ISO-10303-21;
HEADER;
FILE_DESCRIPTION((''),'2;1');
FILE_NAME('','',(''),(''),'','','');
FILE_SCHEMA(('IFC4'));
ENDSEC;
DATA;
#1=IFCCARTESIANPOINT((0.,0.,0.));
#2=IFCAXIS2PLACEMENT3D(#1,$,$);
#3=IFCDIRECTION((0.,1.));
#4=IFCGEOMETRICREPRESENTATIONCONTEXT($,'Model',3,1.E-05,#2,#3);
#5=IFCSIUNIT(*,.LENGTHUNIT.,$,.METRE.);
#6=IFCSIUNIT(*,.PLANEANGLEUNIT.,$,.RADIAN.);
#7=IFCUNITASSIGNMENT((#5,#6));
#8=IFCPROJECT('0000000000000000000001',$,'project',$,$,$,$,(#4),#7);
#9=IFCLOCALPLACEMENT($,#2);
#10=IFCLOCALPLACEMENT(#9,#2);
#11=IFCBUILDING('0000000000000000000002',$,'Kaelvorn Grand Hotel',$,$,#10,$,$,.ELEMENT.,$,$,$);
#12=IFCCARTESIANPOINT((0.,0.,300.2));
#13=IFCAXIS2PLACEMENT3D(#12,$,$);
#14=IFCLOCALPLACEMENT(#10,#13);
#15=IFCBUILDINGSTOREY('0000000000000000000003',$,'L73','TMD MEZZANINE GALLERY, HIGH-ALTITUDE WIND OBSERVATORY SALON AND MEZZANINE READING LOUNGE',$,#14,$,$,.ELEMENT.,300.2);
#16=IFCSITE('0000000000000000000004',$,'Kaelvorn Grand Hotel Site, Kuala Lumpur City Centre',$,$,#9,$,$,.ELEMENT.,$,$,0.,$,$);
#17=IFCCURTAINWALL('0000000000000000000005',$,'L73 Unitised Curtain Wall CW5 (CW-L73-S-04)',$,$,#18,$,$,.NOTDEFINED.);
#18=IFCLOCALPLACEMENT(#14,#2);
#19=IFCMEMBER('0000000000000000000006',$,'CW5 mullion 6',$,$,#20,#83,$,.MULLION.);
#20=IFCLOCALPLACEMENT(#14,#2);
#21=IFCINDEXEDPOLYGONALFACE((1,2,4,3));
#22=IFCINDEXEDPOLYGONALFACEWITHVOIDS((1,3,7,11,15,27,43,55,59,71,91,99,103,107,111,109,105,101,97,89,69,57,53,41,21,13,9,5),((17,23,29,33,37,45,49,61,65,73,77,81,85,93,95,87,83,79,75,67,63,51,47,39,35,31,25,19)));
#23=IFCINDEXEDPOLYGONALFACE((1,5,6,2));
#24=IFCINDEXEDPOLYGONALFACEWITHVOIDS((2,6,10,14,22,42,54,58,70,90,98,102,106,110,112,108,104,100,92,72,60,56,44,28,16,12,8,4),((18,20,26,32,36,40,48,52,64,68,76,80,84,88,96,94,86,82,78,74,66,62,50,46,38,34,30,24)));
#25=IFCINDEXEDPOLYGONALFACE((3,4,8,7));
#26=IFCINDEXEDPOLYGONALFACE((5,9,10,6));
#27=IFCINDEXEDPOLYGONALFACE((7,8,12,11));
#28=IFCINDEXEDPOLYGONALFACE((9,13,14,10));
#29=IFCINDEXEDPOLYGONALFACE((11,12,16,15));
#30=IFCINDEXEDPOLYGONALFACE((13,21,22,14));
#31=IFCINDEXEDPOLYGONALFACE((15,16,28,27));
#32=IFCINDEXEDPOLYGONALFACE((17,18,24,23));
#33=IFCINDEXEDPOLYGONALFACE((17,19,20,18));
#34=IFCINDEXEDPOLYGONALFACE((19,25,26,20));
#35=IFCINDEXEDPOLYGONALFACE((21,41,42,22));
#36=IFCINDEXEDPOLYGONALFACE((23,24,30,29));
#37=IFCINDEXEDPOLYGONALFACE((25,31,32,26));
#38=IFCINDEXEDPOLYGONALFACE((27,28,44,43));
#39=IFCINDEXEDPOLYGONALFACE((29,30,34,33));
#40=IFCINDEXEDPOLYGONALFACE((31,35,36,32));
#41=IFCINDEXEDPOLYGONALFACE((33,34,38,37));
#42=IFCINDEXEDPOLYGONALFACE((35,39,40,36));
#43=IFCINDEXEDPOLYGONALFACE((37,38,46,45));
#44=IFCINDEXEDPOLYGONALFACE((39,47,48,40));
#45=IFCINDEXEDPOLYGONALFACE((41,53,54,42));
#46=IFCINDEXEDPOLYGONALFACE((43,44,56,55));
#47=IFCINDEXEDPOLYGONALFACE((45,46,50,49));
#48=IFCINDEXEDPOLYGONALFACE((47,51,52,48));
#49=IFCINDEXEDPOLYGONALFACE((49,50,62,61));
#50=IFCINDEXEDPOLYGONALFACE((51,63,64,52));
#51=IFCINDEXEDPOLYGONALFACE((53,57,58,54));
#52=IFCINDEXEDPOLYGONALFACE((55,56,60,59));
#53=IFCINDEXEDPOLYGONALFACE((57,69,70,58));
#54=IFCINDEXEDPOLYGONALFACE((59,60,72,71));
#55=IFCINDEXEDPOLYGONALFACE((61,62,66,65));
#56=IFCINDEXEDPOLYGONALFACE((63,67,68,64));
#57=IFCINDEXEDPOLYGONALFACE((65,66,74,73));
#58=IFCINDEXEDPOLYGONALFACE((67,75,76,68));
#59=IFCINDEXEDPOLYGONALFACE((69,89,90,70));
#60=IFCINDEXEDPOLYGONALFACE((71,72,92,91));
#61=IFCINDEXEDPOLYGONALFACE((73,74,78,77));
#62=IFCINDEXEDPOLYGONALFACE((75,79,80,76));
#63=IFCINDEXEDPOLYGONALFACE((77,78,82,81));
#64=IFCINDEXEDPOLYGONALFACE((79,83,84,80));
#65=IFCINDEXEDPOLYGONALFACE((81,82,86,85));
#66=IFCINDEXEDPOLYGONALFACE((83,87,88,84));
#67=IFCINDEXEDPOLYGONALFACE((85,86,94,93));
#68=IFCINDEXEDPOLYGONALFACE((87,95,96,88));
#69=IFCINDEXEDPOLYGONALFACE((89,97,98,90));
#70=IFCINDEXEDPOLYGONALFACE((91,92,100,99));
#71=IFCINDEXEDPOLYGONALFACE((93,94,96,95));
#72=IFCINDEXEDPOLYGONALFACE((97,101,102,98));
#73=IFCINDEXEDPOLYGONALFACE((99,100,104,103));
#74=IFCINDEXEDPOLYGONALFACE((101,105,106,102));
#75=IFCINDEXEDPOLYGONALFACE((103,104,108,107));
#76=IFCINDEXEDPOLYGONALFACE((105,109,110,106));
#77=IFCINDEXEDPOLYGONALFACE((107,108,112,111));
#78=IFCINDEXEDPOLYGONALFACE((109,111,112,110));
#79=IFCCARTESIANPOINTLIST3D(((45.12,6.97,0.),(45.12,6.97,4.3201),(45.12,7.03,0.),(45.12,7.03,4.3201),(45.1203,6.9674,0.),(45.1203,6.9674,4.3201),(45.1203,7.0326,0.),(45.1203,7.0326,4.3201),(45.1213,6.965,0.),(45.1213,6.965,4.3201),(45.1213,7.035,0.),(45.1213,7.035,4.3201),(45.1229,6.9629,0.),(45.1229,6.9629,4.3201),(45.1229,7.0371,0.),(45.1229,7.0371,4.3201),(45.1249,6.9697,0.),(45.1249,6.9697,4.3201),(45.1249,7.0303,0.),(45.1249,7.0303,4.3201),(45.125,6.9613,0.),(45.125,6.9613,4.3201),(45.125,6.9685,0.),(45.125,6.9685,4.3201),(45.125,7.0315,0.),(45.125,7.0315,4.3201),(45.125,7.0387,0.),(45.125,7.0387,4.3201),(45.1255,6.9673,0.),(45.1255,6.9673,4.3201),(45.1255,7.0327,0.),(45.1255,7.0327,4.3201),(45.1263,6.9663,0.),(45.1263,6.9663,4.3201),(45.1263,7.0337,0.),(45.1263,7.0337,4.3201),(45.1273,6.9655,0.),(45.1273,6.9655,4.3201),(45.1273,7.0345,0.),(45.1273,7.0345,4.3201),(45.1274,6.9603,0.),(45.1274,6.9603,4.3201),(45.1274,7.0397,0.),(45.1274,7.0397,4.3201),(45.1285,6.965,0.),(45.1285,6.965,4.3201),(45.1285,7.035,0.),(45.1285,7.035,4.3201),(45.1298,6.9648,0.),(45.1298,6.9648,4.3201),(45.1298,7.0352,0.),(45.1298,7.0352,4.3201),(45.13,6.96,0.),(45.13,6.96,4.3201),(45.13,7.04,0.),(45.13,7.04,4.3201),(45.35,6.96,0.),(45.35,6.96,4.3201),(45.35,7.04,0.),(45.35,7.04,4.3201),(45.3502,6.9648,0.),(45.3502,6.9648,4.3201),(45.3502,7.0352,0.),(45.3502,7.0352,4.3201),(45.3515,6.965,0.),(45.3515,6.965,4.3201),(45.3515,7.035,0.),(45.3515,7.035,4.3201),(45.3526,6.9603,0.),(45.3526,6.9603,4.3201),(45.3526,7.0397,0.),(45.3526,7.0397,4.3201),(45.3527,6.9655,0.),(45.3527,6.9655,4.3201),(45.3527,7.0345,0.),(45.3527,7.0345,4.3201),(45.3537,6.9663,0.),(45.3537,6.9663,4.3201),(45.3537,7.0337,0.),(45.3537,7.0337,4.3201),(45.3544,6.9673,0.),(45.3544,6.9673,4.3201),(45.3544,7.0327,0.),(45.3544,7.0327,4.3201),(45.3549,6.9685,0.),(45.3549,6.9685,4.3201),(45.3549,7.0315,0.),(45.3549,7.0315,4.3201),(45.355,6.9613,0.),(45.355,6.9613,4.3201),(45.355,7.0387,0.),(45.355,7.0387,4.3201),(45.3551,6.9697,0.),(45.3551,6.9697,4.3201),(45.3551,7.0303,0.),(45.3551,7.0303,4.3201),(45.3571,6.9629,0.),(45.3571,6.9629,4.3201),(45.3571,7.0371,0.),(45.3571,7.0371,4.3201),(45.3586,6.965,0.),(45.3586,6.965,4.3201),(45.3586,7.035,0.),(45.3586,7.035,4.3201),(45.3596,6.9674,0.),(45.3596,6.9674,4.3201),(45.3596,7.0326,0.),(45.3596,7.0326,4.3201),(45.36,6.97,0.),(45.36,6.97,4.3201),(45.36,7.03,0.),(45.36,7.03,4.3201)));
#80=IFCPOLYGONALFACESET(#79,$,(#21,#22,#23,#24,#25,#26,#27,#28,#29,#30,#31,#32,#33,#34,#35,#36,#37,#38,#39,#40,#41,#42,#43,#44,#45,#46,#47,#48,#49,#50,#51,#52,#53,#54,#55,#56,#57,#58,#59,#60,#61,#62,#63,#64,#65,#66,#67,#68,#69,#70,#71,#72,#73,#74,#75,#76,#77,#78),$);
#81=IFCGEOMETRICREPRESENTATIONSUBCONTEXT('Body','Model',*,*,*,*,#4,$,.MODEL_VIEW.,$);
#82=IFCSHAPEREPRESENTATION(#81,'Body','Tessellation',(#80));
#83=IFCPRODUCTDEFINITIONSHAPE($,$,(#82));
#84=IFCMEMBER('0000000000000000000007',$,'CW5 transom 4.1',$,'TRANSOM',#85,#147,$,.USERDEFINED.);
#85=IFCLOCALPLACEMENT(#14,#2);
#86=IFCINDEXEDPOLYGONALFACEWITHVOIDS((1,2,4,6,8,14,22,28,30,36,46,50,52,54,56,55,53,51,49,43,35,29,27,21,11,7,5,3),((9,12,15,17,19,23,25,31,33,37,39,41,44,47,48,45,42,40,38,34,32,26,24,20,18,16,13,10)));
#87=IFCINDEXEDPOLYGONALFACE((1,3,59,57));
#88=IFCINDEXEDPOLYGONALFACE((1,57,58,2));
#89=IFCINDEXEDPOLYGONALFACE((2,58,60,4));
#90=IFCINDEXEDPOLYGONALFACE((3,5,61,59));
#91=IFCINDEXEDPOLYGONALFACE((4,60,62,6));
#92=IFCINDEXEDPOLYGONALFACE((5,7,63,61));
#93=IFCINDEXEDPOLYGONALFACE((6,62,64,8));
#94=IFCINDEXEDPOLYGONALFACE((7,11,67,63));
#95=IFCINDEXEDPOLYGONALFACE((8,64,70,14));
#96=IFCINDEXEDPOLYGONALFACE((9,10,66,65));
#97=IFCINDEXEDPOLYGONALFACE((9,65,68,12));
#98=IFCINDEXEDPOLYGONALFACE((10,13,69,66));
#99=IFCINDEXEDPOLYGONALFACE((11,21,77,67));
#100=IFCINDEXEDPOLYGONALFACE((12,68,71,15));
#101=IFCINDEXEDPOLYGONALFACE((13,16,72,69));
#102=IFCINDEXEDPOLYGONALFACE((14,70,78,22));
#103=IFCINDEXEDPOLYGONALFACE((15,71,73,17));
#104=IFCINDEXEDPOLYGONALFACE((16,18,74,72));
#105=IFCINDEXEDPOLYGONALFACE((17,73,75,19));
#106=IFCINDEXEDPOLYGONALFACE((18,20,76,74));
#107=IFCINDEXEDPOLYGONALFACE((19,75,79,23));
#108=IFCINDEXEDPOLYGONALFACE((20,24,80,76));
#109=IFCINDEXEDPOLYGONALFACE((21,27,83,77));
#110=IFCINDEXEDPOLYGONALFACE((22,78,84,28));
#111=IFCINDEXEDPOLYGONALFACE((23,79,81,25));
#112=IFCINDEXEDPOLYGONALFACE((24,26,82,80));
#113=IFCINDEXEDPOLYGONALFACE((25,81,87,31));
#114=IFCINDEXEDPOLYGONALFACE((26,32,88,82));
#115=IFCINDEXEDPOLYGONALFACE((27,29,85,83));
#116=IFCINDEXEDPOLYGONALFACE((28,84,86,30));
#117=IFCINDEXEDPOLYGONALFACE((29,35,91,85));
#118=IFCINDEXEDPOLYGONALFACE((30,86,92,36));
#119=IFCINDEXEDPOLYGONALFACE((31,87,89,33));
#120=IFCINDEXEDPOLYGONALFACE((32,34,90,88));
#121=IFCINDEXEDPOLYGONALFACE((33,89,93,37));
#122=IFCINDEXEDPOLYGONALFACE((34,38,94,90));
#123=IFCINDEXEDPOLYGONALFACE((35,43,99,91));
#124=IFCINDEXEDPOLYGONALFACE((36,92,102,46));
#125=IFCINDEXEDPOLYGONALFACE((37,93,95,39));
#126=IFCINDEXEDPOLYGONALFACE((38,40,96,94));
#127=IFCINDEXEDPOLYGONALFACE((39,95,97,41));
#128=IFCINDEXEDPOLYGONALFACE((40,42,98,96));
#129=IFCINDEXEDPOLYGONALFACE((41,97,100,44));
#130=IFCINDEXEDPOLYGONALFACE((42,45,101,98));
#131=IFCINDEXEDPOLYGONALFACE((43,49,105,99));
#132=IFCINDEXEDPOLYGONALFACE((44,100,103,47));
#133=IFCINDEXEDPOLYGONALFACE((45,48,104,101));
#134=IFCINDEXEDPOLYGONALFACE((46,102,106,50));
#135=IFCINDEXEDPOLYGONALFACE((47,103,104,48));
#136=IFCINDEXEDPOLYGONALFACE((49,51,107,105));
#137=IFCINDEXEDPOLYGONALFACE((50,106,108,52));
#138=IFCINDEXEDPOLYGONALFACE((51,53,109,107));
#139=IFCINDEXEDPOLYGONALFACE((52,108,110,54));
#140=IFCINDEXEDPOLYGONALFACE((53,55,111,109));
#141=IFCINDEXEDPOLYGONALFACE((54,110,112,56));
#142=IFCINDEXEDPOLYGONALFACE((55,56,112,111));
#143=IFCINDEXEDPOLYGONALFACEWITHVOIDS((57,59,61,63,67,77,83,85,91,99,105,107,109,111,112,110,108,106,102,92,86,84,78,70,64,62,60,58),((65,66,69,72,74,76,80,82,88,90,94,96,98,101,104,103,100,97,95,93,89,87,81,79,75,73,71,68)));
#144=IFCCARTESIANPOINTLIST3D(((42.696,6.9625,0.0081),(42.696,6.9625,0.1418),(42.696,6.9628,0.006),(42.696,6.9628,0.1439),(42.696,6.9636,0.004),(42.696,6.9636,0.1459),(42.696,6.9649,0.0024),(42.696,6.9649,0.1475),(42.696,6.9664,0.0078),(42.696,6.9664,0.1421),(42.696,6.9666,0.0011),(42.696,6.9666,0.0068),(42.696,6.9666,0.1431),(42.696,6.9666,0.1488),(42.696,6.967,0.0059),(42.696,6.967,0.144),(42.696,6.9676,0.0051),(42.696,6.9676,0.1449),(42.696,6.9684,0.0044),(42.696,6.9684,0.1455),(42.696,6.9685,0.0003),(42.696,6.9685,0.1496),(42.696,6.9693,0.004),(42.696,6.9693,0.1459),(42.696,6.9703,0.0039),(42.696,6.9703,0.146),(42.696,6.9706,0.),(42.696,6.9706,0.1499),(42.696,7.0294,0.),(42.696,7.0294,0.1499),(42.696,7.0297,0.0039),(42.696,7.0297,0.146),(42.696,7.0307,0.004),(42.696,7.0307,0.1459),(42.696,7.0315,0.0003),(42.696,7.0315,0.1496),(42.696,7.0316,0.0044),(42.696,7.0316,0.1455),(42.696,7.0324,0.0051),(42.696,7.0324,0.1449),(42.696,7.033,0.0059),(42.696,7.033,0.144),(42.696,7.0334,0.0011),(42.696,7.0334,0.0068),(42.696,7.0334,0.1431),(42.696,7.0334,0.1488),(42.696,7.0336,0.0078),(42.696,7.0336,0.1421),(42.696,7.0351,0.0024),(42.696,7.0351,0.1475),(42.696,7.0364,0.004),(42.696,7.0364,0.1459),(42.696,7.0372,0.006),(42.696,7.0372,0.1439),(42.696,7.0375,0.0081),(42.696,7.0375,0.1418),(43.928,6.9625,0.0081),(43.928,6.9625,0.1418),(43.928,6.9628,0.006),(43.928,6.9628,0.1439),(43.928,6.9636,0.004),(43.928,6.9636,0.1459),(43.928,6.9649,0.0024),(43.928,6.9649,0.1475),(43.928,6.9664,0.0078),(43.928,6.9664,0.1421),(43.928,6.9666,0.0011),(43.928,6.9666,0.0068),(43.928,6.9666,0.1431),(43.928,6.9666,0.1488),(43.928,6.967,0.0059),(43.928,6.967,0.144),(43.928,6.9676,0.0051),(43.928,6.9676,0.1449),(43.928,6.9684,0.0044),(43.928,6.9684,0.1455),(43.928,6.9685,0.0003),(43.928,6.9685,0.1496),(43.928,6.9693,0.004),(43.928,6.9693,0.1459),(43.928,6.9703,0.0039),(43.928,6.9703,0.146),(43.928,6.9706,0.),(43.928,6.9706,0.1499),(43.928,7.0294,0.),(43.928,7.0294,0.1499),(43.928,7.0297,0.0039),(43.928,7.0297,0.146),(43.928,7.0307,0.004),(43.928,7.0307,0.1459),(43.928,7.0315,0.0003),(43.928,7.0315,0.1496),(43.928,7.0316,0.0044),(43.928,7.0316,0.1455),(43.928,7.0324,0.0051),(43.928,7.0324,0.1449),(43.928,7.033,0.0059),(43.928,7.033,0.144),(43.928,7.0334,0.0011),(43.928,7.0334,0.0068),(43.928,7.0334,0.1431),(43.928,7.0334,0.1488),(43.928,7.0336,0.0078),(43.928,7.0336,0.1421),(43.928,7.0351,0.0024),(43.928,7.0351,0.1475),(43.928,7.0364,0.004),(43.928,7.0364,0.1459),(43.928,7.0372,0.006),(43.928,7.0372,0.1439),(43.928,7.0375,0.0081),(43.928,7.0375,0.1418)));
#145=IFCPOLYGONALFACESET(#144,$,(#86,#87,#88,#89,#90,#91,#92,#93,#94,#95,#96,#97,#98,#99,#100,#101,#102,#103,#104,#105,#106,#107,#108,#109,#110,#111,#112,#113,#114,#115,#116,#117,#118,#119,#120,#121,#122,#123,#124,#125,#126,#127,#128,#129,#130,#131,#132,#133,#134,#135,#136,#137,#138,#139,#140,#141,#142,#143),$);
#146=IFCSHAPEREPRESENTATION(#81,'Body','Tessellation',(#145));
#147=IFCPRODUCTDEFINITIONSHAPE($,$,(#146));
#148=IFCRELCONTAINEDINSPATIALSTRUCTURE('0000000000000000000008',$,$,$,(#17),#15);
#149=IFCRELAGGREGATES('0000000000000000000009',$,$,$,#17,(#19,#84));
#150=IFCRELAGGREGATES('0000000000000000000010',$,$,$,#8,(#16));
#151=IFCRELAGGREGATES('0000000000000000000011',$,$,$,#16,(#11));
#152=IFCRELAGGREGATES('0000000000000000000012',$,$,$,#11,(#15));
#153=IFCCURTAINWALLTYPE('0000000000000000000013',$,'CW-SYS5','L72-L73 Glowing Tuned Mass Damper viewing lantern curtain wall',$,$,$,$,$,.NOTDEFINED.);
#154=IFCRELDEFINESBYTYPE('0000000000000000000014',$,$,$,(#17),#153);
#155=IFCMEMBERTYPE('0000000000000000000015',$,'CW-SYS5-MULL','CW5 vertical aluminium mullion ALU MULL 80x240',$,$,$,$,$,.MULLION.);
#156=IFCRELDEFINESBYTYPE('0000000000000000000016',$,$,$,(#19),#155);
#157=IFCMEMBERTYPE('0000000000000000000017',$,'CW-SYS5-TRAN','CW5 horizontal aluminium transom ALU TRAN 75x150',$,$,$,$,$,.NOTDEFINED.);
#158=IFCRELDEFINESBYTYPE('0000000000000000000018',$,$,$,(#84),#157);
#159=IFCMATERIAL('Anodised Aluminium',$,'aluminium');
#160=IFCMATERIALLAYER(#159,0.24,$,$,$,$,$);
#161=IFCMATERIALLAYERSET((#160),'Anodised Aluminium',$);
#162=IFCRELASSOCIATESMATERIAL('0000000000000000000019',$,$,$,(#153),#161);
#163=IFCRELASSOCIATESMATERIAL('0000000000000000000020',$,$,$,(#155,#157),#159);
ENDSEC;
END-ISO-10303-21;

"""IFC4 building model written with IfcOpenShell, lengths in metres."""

from ifc_helpers import new_model, si_unit, direction, frame, origin, origin_2d, place, context, subcontext, project, spatial, hollow_rectangle, extrude, material, layer, layer_set, material_profile, profile_set, type_object, element, aggregate, save


model = new_model("IFC4")

# Units and contexts
model_context = context("Model", 3, precision=1e-05, world=origin(), true_north=direction((0.0, 1.0)))
body_context = subcontext(model_context, "Body", "Model", "MODEL_VIEW")
ifc_project = project(units=[si_unit("LENGTHUNIT", "METRE"), si_unit("PLANEANGLEUNIT", "RADIAN")], contexts=[model_context])

# Site, building, storey
site_placement = place(None, origin())
site = spatial("IfcSite", under=ifc_project, at=site_placement, Name="Kaelvorn Grand Hotel Site, Kuala Lumpur City Centre", CompositionType="ELEMENT", RefElevation=0.0)
building_placement = place(site_placement, origin())
building = spatial("IfcBuilding", under=site, at=building_placement, Name="Kaelvorn Grand Hotel", CompositionType="ELEMENT")
storey_placement = place(building_placement, frame((0.0, 0.0, 300.2)))
storey = spatial("IfcBuildingStorey", under=building, at=storey_placement, Name="L73", Description="TMD MEZZANINE GALLERY, HIGH-ALTITUDE WIND OBSERVATORY SALON AND MEZZANINE READING LOUNGE", CompositionType="ELEMENT", Elevation=300.2)

# Curtain wall, members
ifc_material_1 = material(Name="Anodised Aluminium", Category="aluminium")
ifc_layer_1 = layer(ifc_material_1, 0.24)
ifc_layer_set_1 = layer_set([ifc_layer_1], Name="Anodised Aluminium")
curtain_wall_type = type_object("IfcCurtainWallType", Name="CW-SYS5", Description="L72-L73 Glowing Tuned Mass Damper viewing lantern curtain wall", PredefinedType="NOTDEFINED", material=ifc_layer_set_1)
curtain_wall_placement = place(storey_placement, origin())
curtain_wall = element("IfcCurtainWall", 1, at=curtain_wall_placement, inside=storey, type_object=curtain_wall_type, Name="L73 Unitised Curtain Wall CW5 (CW-L73-S-04)", PredefinedType="NOTDEFINED")
ifc_material_profile_1 = material_profile(ifc_material_1, hollow_rectangle(XDim=0.0801, YDim=0.24, WallThickness=0.0049, InnerFilletRadius=0.0049, OuterFilletRadius=0.01, at=origin_2d()), Name="ALU MULL 80x240")
ifc_profile_set_1 = profile_set([ifc_material_profile_1], Name="Anodised Aluminium")
member_type_1 = type_object("IfcMemberType", Name="CW-SYS5-MULL", Description="CW5 vertical aluminium mullion ALU MULL 80x240", PredefinedType="MULLION", material=ifc_profile_set_1)
member_1_placement = place(storey_placement, frame((45.24, 7.0, 0.0), z_axis=(0.0, 0.0, 1.0), x_axis=(0.0, 1.0, 0.0)))
member_1 = element("IfcMember", 2, at=member_1_placement, type_object=member_type_1, Name="CW5 mullion 6", PredefinedType="MULLION", context=body_context, shape_type="SweptSolid", body=[
    extrude(hollow_rectangle(XDim=0.0801, YDim=0.24, WallThickness=0.0049, InnerFilletRadius=0.0049, OuterFilletRadius=0.01, at=origin_2d()), origin(), (0.0, 0.0, 1.0), 4.3201),
])
ifc_material_profile_2 = material_profile(ifc_material_1, hollow_rectangle(XDim=0.075, YDim=0.1499, WallThickness=0.0039, InnerFilletRadius=0.0039, OuterFilletRadius=0.0081, at=origin_2d()), Name="ALU TRAN 75x150")
ifc_profile_set_2 = profile_set([ifc_material_profile_2], Name="Anodised Aluminium")
member_type_2 = type_object("IfcMemberType", Name="CW-SYS5-TRAN", Description="CW5 horizontal aluminium transom ALU TRAN 75x150", PredefinedType="NOTDEFINED", material=ifc_profile_set_2)
member_2_placement = place(storey_placement, frame((42.696, 7.0, 0.075), z_axis=(1.0, 0.0, 0.0), x_axis=(0.0, 1.0, 0.0)))
member_2 = element("IfcMember", 3, at=member_2_placement, type_object=member_type_2, Name="CW5 transom 4.1", ObjectType="TRANSOM", PredefinedType="USERDEFINED", context=body_context, shape_type="SweptSolid", body=[
    extrude(hollow_rectangle(XDim=0.075, YDim=0.1499, WallThickness=0.0039, InnerFilletRadius=0.0039, OuterFilletRadius=0.0081, at=origin_2d()), origin(), (0.0, 0.0, 1.0), 1.2319),
])
aggregate(curtain_wall, [member_1, member_2])

save(model, "model.ifc")
